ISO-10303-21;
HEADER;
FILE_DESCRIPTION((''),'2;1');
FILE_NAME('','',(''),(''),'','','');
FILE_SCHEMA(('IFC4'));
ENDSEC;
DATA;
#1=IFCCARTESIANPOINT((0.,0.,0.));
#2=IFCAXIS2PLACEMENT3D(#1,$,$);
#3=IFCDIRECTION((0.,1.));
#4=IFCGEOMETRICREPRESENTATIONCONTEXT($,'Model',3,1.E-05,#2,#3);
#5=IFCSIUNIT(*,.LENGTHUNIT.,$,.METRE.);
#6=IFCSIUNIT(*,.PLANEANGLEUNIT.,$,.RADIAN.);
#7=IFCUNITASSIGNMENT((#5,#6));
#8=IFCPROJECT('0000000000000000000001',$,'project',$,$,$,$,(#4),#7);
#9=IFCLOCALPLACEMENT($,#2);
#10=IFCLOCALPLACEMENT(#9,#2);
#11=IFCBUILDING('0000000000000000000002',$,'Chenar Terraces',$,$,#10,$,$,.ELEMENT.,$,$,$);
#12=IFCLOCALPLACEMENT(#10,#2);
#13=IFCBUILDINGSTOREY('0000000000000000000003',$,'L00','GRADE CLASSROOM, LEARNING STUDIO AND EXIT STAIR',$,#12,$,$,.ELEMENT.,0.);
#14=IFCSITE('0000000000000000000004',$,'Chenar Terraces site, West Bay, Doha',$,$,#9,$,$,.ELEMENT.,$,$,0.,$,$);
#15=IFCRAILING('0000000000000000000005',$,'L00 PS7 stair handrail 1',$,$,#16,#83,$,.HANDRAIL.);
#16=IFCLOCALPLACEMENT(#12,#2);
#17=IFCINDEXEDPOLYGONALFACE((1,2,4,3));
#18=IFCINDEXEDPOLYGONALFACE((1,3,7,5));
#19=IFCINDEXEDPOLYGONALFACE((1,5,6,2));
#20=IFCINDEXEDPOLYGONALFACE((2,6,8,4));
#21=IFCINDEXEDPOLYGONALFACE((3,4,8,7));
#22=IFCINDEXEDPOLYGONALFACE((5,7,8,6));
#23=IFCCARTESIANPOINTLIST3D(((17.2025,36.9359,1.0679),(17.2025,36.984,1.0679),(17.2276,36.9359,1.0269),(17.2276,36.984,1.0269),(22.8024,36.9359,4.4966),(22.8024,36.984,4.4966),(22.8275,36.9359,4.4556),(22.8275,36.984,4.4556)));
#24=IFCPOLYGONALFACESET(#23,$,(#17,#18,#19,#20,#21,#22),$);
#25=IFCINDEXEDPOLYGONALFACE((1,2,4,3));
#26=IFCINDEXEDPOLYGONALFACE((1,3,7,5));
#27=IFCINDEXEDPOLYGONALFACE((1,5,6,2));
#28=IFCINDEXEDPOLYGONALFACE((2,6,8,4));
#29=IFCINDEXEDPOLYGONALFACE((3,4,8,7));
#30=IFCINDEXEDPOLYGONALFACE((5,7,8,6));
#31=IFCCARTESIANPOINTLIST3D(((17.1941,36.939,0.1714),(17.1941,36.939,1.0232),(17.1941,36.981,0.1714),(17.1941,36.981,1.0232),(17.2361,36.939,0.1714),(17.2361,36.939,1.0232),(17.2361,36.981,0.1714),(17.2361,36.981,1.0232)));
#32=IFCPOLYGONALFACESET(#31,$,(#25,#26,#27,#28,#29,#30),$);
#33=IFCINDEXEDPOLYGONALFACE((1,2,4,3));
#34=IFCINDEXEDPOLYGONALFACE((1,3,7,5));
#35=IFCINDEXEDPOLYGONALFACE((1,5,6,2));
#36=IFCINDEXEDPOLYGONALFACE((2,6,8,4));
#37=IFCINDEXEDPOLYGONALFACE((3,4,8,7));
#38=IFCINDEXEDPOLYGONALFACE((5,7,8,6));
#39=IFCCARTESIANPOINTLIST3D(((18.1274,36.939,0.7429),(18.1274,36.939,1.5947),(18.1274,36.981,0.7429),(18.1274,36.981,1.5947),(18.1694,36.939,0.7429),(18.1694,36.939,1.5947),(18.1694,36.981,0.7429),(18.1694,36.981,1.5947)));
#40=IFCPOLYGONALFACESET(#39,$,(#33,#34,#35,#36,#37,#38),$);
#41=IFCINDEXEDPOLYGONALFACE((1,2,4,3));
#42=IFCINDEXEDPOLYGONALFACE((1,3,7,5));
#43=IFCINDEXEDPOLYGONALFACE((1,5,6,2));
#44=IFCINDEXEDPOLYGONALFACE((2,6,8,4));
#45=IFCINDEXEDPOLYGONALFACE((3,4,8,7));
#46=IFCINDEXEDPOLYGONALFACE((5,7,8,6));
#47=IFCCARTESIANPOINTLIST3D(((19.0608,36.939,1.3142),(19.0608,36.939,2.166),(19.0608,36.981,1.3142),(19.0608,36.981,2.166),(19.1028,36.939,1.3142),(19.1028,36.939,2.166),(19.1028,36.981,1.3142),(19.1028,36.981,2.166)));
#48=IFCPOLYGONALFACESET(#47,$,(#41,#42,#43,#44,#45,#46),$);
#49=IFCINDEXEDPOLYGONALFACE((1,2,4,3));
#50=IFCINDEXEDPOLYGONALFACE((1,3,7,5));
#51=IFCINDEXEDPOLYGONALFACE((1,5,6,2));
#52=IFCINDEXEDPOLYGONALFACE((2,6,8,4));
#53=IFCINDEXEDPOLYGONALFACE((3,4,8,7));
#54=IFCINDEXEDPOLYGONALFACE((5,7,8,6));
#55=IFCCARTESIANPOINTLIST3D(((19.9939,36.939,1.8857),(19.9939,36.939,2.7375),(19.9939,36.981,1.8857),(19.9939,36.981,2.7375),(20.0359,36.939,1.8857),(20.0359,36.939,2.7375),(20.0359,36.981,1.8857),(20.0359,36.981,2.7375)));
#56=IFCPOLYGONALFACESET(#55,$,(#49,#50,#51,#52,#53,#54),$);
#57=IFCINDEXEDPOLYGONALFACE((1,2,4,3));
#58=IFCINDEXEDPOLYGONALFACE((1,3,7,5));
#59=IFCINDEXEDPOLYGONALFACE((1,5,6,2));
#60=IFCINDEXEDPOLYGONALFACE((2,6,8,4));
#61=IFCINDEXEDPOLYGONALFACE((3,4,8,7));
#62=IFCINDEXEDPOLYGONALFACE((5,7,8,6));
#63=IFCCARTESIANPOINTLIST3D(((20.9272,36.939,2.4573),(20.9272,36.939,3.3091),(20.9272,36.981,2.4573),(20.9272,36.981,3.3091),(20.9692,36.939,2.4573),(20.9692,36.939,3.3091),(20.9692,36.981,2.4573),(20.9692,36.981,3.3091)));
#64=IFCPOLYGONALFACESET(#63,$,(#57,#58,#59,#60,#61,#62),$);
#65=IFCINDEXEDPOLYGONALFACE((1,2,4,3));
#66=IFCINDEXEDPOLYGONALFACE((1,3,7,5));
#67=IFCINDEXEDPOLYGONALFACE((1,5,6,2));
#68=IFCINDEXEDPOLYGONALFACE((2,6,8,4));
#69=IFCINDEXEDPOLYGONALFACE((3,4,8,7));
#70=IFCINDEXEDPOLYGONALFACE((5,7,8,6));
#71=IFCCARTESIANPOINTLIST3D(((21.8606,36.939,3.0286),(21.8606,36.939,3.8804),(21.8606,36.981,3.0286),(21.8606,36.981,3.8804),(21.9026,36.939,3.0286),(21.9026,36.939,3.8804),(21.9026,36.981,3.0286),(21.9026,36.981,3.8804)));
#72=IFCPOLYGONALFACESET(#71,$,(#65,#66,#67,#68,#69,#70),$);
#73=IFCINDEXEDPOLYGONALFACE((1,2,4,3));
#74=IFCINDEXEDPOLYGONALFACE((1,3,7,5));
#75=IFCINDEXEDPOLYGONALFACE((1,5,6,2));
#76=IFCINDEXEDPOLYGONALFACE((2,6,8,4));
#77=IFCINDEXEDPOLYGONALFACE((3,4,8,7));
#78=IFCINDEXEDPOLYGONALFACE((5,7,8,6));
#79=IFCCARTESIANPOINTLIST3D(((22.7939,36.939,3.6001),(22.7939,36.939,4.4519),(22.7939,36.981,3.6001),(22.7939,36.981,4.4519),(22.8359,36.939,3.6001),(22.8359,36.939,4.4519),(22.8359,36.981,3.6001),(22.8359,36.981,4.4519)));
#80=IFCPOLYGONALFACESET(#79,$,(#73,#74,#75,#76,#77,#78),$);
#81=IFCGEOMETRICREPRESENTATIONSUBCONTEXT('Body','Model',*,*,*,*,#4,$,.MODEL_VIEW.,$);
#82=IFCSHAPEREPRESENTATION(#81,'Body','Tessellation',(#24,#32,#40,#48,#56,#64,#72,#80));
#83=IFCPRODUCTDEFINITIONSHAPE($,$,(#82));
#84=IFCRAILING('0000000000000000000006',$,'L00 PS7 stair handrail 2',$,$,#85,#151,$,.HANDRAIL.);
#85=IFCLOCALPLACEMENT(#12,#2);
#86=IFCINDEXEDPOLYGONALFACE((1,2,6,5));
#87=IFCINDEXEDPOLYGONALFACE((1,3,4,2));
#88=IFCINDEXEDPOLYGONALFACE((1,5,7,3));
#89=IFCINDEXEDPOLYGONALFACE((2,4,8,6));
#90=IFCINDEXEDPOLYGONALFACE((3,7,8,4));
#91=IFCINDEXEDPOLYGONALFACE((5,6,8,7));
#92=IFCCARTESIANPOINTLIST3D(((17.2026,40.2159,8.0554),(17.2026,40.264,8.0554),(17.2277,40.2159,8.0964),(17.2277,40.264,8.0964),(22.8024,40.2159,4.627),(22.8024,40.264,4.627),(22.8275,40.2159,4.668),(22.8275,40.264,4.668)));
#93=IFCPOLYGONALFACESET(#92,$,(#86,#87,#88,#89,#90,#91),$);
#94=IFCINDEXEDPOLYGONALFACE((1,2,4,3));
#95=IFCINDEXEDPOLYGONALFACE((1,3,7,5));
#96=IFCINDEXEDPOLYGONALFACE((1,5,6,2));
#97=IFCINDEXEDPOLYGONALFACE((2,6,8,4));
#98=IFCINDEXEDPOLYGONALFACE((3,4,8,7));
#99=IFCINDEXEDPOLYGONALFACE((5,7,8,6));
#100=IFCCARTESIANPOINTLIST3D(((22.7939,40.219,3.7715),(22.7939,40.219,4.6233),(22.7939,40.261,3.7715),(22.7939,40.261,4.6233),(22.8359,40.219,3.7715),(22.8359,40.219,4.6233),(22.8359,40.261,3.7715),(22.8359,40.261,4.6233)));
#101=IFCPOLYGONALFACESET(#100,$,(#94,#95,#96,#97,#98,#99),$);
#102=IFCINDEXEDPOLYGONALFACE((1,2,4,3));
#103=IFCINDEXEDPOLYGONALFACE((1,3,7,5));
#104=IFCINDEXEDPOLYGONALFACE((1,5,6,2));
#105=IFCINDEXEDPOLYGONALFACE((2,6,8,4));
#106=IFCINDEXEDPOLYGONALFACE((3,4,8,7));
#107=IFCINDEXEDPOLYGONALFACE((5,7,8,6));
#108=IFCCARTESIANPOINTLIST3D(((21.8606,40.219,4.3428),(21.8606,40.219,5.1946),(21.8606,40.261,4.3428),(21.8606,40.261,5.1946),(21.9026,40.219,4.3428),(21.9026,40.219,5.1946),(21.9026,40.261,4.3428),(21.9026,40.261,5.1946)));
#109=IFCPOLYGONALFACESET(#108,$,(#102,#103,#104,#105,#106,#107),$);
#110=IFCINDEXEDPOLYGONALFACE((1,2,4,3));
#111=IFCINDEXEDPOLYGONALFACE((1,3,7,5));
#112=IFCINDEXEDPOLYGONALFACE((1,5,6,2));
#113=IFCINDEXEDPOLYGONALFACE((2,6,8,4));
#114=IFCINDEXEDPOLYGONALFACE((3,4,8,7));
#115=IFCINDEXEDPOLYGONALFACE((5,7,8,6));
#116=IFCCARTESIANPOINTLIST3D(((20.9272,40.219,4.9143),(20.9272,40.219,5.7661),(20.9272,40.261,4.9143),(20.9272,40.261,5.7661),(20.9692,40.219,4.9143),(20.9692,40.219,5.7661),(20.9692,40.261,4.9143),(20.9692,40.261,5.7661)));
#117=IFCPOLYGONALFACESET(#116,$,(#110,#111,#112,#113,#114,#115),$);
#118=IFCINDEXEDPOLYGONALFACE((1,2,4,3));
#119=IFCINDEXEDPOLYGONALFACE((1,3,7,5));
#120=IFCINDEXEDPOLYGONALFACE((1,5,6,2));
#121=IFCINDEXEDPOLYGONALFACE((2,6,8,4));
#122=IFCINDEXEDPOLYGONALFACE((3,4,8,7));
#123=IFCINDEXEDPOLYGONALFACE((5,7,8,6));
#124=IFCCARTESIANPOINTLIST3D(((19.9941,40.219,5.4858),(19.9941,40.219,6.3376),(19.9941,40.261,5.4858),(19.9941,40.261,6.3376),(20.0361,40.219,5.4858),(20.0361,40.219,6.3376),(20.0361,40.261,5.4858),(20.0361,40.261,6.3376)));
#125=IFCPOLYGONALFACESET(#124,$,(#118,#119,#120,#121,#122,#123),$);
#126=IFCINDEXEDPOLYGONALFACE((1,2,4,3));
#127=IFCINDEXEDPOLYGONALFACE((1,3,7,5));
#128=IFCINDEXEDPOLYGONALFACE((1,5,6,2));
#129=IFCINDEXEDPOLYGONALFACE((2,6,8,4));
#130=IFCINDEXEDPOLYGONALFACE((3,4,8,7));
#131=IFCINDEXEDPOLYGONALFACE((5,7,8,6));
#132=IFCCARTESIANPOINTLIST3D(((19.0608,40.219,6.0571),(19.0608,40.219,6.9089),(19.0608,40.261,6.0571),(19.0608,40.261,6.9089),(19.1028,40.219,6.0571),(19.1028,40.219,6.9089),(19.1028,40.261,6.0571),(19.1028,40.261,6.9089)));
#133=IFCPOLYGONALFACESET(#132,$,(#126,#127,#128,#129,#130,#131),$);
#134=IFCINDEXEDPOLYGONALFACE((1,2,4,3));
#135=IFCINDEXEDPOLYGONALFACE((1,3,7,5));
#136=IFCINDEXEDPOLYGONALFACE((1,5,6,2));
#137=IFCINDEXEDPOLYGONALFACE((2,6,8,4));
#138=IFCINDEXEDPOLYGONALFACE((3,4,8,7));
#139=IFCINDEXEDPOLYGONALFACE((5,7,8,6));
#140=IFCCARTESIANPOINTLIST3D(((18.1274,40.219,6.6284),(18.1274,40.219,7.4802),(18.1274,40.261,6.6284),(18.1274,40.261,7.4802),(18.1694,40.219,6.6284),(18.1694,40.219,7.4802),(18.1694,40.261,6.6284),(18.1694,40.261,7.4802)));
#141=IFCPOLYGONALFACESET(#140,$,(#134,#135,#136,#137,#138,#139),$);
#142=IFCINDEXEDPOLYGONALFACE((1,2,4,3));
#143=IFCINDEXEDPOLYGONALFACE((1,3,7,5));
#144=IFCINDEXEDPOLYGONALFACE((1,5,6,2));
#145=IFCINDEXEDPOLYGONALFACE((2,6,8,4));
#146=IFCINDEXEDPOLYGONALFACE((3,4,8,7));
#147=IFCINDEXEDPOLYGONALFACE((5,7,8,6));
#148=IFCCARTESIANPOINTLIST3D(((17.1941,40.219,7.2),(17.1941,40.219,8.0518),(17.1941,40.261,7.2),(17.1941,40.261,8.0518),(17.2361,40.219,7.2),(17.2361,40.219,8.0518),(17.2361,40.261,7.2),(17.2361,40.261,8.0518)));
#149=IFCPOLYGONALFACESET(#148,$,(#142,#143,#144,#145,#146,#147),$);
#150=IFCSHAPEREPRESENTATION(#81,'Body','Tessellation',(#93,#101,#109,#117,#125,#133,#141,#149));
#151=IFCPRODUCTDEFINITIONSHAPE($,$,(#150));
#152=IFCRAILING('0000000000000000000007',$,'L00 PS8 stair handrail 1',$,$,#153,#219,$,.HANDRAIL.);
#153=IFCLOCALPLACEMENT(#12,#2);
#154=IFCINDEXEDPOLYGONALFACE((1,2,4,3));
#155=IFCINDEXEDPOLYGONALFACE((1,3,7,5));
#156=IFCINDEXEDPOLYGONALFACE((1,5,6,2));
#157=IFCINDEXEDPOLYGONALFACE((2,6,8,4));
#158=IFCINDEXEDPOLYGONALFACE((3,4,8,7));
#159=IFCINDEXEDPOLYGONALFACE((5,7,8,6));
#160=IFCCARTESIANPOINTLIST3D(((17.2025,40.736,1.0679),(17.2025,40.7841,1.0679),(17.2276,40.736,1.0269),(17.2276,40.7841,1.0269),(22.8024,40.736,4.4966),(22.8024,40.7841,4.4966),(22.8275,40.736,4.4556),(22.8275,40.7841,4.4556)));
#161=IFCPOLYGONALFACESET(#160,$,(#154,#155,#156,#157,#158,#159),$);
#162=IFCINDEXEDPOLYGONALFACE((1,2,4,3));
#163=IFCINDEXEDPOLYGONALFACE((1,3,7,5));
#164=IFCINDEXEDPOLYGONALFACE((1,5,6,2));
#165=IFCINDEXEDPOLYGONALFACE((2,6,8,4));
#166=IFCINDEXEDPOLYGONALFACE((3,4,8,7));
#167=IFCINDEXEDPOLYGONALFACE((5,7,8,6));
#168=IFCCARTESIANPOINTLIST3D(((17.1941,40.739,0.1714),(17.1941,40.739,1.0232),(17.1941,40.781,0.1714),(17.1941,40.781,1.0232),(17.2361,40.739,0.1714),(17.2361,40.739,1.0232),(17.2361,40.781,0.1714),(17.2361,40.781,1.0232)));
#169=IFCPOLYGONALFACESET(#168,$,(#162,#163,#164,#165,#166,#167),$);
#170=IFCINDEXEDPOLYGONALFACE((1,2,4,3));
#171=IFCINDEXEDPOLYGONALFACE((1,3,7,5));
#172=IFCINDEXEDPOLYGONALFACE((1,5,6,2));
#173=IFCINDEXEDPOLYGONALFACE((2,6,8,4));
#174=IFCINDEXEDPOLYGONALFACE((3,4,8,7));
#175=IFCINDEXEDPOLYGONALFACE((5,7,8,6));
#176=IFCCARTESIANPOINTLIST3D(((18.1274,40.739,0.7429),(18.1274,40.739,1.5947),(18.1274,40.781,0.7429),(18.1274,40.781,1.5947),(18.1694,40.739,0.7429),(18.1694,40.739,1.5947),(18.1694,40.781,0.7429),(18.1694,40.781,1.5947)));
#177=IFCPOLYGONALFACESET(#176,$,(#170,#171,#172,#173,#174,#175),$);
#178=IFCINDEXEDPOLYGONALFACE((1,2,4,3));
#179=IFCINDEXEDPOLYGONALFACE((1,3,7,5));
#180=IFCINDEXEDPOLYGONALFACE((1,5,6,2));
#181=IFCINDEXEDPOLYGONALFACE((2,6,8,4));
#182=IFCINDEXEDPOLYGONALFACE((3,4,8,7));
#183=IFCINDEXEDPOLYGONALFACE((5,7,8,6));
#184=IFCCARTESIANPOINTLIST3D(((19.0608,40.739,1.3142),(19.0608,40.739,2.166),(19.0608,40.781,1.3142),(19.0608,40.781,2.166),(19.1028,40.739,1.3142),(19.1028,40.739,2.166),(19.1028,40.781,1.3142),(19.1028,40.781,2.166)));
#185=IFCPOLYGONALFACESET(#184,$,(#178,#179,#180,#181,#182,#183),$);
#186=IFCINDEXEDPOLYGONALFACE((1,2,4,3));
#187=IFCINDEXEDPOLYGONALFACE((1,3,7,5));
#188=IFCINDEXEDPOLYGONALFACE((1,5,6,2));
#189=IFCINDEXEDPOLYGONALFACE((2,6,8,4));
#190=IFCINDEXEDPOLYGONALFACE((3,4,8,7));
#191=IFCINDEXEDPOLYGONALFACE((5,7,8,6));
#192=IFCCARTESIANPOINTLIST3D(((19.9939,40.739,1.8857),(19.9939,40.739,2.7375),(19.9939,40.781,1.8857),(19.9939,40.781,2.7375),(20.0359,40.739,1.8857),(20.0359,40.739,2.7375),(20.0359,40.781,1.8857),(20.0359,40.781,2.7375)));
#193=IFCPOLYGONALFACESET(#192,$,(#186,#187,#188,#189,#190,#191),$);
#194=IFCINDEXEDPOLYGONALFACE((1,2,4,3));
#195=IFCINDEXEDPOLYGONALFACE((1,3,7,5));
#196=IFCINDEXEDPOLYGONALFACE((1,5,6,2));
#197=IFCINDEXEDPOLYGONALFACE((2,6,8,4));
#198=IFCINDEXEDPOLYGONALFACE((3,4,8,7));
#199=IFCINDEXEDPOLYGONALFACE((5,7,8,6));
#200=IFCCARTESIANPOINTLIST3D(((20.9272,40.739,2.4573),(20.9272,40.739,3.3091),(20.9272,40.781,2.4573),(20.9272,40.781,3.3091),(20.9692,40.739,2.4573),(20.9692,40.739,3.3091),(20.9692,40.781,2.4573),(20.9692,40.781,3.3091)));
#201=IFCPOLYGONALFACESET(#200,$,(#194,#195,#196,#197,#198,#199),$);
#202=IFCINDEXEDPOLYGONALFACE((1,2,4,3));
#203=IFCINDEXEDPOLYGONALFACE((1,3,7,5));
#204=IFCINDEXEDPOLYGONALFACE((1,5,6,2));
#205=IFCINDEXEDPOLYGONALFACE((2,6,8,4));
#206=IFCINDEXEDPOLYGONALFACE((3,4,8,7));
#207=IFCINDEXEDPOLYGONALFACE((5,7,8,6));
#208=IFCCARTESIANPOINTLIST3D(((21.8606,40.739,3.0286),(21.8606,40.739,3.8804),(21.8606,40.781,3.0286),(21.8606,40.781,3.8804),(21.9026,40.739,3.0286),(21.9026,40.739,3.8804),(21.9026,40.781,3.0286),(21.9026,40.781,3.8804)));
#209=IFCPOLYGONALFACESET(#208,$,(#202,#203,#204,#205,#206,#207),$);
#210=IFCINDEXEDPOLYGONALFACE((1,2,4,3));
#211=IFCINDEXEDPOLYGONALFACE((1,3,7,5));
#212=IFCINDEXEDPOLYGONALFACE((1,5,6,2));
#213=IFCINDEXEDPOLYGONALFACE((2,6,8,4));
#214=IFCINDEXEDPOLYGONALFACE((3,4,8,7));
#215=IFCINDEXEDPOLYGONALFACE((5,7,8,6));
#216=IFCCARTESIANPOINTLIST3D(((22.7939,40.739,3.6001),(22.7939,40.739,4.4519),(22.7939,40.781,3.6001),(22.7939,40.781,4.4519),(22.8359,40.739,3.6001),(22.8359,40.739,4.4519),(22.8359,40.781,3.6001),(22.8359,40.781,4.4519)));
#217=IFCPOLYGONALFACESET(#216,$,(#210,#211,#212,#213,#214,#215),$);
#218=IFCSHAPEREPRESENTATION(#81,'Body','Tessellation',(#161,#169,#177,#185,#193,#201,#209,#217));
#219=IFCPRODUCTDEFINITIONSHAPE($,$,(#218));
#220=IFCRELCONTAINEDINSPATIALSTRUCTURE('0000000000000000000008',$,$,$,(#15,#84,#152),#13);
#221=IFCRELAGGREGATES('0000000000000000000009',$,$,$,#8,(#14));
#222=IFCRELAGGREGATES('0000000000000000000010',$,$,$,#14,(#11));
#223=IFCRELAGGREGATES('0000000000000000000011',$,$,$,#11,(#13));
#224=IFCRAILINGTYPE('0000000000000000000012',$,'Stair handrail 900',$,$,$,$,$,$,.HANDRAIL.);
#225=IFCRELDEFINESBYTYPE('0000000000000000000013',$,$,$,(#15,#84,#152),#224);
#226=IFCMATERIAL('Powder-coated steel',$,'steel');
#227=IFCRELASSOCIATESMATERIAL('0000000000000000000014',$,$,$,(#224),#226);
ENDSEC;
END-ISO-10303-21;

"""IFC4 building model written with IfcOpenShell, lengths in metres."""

from ifc_helpers import new_model, si_unit, direction, frame, origin, origin_2d, place, context, subcontext, project, spatial, rectangle, extrude, material, type_object, element, save


model = new_model("IFC4")

# Units and contexts
model_context = context("Model", 3, precision=1e-05, world=origin(), true_north=direction((0.0, 1.0)))
body_context = subcontext(model_context, "Body", "Model", "MODEL_VIEW")
ifc_project = project(units=[si_unit("LENGTHUNIT", "METRE"), si_unit("PLANEANGLEUNIT", "RADIAN")], contexts=[model_context])

# Site, building, storey
site_placement = place(None, origin())
site = spatial("IfcSite", under=ifc_project, at=site_placement, Name="Chenar Terraces site, West Bay, Doha", CompositionType="ELEMENT", RefElevation=0.0)
building_placement = place(site_placement, origin())
building = spatial("IfcBuilding", under=site, at=building_placement, Name="Chenar Terraces", CompositionType="ELEMENT")
storey_placement = place(building_placement, origin())
storey = spatial("IfcBuildingStorey", under=building, at=storey_placement, Name="L00", Description="GRADE CLASSROOM, LEARNING STUDIO AND EXIT STAIR", CompositionType="ELEMENT", Elevation=0.0)

# Railings
ifc_material_1 = material(Name="Powder-coated steel", Category="steel")
railing_type_1 = type_object("IfcRailingType", Name="Stair handrail 900", PredefinedType="HANDRAIL", material=ifc_material_1)
railing_1_placement = place(storey_placement, frame((17.2151, 36.96, 0.1714)))
element("IfcRailing", 1, at=railing_1_placement, inside=storey, type_object=railing_type_1, Name="L00 PS7 stair handrail 1", PredefinedType="HANDRAIL", context=body_context, shape_type="SweptSolid", body=[
    extrude(rectangle(XDim=0.0481, YDim=0.0481, at=origin_2d()), frame((0.0, 0.0, 0.876), z_axis=(0.852836, 0.0, 0.522179), x_axis=(0.0, 1.0, 0.0)), (0.0, 0.0, 1.0), 6.5662),
    extrude(rectangle(XDim=0.042, YDim=0.042, at=origin_2d()), origin(), (0.0, 0.0, 1.0), 0.8518),
    extrude(rectangle(XDim=0.042, YDim=0.042, at=origin_2d()), frame((0.9333, 0.0, 0.5715)), (0.0, 0.0, 1.0), 0.8518),
    extrude(rectangle(XDim=0.042, YDim=0.042, at=origin_2d()), frame((1.8667, 0.0, 1.1428)), (0.0, 0.0, 1.0), 0.8518),
    extrude(rectangle(XDim=0.042, YDim=0.042, at=origin_2d()), frame((2.7998, 0.0, 1.7144)), (0.0, 0.0, 1.0), 0.8518),
    extrude(rectangle(XDim=0.042, YDim=0.042, at=origin_2d()), frame((3.7332, 0.0, 2.2859)), (0.0, 0.0, 1.0), 0.8518),
    extrude(rectangle(XDim=0.042, YDim=0.042, at=origin_2d()), frame((4.6665, 0.0, 2.8572)), (0.0, 0.0, 1.0), 0.8518),
    extrude(rectangle(XDim=0.042, YDim=0.042, at=origin_2d()), frame((5.5999, 0.0, 3.4287)), (0.0, 0.0, 1.0), 0.8518),
])
railing_2_placement = place(storey_placement, frame((22.8149, 40.24, 3.7715)))
element("IfcRailing", 2, at=railing_2_placement, inside=storey, type_object=railing_type_1, Name="L00 PS7 stair handrail 2", PredefinedType="HANDRAIL", context=body_context, shape_type="SweptSolid", body=[
    extrude(rectangle(XDim=0.0481, YDim=0.0481, at=origin_2d()), frame((0.0, 0.0, 0.876), z_axis=(-0.852852, 0.0, 0.522152), x_axis=(0.0, -1.0, 0.0)), (0.0, 0.0, 1.0), 6.5659),
    extrude(rectangle(XDim=0.042, YDim=0.042, at=origin_2d()), origin(), (0.0, 0.0, 1.0), 0.8518),
    extrude(rectangle(XDim=0.042, YDim=0.042, at=origin_2d()), frame((-0.9333, 0.0, 0.5713)), (0.0, 0.0, 1.0), 0.8518),
    extrude(rectangle(XDim=0.042, YDim=0.042, at=origin_2d()), frame((-1.8667, 0.0, 1.1428)), (0.0, 0.0, 1.0), 0.8518),
    extrude(rectangle(XDim=0.042, YDim=0.042, at=origin_2d()), frame((-2.7998, 0.0, 1.7144)), (0.0, 0.0, 1.0), 0.8518),
    extrude(rectangle(XDim=0.042, YDim=0.042, at=origin_2d()), frame((-3.7332, 0.0, 2.2856)), (0.0, 0.0, 1.0), 0.8518),
    extrude(rectangle(XDim=0.042, YDim=0.042, at=origin_2d()), frame((-4.6665, 0.0, 2.8569)), (0.0, 0.0, 1.0), 0.8518),
    extrude(rectangle(XDim=0.042, YDim=0.042, at=origin_2d()), frame((-5.5999, 0.0, 3.4285)), (0.0, 0.0, 1.0), 0.8518),
])
railing_3_placement = place(storey_placement, frame((17.2151, 40.76, 0.1714)))
element("IfcRailing", 3, at=railing_3_placement, inside=storey, type_object=railing_type_1, Name="L00 PS8 stair handrail 1", PredefinedType="HANDRAIL", context=body_context, shape_type="SweptSolid", body=[
    extrude(rectangle(XDim=0.0481, YDim=0.0481, at=origin_2d()), frame((0.0, 0.0, 0.876), z_axis=(0.852836, 0.0, 0.522179), x_axis=(0.0, 1.0, 0.0)), (0.0, 0.0, 1.0), 6.5662),
    extrude(rectangle(XDim=0.042, YDim=0.042, at=origin_2d()), origin(), (0.0, 0.0, 1.0), 0.8518),
    extrude(rectangle(XDim=0.042, YDim=0.042, at=origin_2d()), frame((0.9333, 0.0, 0.5715)), (0.0, 0.0, 1.0), 0.8518),
    extrude(rectangle(XDim=0.042, YDim=0.042, at=origin_2d()), frame((1.8667, 0.0, 1.1428)), (0.0, 0.0, 1.0), 0.8518),
    extrude(rectangle(XDim=0.042, YDim=0.042, at=origin_2d()), frame((2.7998, 0.0, 1.7144)), (0.0, 0.0, 1.0), 0.8518),
    extrude(rectangle(XDim=0.042, YDim=0.042, at=origin_2d()), frame((3.7332, 0.0, 2.2859)), (0.0, 0.0, 1.0), 0.8518),
    extrude(rectangle(XDim=0.042, YDim=0.042, at=origin_2d()), frame((4.6665, 0.0, 2.8572)), (0.0, 0.0, 1.0), 0.8518),
    extrude(rectangle(XDim=0.042, YDim=0.042, at=origin_2d()), frame((5.5999, 0.0, 3.4287)), (0.0, 0.0, 1.0), 0.8518),
])

save(model, "model.ifc")
